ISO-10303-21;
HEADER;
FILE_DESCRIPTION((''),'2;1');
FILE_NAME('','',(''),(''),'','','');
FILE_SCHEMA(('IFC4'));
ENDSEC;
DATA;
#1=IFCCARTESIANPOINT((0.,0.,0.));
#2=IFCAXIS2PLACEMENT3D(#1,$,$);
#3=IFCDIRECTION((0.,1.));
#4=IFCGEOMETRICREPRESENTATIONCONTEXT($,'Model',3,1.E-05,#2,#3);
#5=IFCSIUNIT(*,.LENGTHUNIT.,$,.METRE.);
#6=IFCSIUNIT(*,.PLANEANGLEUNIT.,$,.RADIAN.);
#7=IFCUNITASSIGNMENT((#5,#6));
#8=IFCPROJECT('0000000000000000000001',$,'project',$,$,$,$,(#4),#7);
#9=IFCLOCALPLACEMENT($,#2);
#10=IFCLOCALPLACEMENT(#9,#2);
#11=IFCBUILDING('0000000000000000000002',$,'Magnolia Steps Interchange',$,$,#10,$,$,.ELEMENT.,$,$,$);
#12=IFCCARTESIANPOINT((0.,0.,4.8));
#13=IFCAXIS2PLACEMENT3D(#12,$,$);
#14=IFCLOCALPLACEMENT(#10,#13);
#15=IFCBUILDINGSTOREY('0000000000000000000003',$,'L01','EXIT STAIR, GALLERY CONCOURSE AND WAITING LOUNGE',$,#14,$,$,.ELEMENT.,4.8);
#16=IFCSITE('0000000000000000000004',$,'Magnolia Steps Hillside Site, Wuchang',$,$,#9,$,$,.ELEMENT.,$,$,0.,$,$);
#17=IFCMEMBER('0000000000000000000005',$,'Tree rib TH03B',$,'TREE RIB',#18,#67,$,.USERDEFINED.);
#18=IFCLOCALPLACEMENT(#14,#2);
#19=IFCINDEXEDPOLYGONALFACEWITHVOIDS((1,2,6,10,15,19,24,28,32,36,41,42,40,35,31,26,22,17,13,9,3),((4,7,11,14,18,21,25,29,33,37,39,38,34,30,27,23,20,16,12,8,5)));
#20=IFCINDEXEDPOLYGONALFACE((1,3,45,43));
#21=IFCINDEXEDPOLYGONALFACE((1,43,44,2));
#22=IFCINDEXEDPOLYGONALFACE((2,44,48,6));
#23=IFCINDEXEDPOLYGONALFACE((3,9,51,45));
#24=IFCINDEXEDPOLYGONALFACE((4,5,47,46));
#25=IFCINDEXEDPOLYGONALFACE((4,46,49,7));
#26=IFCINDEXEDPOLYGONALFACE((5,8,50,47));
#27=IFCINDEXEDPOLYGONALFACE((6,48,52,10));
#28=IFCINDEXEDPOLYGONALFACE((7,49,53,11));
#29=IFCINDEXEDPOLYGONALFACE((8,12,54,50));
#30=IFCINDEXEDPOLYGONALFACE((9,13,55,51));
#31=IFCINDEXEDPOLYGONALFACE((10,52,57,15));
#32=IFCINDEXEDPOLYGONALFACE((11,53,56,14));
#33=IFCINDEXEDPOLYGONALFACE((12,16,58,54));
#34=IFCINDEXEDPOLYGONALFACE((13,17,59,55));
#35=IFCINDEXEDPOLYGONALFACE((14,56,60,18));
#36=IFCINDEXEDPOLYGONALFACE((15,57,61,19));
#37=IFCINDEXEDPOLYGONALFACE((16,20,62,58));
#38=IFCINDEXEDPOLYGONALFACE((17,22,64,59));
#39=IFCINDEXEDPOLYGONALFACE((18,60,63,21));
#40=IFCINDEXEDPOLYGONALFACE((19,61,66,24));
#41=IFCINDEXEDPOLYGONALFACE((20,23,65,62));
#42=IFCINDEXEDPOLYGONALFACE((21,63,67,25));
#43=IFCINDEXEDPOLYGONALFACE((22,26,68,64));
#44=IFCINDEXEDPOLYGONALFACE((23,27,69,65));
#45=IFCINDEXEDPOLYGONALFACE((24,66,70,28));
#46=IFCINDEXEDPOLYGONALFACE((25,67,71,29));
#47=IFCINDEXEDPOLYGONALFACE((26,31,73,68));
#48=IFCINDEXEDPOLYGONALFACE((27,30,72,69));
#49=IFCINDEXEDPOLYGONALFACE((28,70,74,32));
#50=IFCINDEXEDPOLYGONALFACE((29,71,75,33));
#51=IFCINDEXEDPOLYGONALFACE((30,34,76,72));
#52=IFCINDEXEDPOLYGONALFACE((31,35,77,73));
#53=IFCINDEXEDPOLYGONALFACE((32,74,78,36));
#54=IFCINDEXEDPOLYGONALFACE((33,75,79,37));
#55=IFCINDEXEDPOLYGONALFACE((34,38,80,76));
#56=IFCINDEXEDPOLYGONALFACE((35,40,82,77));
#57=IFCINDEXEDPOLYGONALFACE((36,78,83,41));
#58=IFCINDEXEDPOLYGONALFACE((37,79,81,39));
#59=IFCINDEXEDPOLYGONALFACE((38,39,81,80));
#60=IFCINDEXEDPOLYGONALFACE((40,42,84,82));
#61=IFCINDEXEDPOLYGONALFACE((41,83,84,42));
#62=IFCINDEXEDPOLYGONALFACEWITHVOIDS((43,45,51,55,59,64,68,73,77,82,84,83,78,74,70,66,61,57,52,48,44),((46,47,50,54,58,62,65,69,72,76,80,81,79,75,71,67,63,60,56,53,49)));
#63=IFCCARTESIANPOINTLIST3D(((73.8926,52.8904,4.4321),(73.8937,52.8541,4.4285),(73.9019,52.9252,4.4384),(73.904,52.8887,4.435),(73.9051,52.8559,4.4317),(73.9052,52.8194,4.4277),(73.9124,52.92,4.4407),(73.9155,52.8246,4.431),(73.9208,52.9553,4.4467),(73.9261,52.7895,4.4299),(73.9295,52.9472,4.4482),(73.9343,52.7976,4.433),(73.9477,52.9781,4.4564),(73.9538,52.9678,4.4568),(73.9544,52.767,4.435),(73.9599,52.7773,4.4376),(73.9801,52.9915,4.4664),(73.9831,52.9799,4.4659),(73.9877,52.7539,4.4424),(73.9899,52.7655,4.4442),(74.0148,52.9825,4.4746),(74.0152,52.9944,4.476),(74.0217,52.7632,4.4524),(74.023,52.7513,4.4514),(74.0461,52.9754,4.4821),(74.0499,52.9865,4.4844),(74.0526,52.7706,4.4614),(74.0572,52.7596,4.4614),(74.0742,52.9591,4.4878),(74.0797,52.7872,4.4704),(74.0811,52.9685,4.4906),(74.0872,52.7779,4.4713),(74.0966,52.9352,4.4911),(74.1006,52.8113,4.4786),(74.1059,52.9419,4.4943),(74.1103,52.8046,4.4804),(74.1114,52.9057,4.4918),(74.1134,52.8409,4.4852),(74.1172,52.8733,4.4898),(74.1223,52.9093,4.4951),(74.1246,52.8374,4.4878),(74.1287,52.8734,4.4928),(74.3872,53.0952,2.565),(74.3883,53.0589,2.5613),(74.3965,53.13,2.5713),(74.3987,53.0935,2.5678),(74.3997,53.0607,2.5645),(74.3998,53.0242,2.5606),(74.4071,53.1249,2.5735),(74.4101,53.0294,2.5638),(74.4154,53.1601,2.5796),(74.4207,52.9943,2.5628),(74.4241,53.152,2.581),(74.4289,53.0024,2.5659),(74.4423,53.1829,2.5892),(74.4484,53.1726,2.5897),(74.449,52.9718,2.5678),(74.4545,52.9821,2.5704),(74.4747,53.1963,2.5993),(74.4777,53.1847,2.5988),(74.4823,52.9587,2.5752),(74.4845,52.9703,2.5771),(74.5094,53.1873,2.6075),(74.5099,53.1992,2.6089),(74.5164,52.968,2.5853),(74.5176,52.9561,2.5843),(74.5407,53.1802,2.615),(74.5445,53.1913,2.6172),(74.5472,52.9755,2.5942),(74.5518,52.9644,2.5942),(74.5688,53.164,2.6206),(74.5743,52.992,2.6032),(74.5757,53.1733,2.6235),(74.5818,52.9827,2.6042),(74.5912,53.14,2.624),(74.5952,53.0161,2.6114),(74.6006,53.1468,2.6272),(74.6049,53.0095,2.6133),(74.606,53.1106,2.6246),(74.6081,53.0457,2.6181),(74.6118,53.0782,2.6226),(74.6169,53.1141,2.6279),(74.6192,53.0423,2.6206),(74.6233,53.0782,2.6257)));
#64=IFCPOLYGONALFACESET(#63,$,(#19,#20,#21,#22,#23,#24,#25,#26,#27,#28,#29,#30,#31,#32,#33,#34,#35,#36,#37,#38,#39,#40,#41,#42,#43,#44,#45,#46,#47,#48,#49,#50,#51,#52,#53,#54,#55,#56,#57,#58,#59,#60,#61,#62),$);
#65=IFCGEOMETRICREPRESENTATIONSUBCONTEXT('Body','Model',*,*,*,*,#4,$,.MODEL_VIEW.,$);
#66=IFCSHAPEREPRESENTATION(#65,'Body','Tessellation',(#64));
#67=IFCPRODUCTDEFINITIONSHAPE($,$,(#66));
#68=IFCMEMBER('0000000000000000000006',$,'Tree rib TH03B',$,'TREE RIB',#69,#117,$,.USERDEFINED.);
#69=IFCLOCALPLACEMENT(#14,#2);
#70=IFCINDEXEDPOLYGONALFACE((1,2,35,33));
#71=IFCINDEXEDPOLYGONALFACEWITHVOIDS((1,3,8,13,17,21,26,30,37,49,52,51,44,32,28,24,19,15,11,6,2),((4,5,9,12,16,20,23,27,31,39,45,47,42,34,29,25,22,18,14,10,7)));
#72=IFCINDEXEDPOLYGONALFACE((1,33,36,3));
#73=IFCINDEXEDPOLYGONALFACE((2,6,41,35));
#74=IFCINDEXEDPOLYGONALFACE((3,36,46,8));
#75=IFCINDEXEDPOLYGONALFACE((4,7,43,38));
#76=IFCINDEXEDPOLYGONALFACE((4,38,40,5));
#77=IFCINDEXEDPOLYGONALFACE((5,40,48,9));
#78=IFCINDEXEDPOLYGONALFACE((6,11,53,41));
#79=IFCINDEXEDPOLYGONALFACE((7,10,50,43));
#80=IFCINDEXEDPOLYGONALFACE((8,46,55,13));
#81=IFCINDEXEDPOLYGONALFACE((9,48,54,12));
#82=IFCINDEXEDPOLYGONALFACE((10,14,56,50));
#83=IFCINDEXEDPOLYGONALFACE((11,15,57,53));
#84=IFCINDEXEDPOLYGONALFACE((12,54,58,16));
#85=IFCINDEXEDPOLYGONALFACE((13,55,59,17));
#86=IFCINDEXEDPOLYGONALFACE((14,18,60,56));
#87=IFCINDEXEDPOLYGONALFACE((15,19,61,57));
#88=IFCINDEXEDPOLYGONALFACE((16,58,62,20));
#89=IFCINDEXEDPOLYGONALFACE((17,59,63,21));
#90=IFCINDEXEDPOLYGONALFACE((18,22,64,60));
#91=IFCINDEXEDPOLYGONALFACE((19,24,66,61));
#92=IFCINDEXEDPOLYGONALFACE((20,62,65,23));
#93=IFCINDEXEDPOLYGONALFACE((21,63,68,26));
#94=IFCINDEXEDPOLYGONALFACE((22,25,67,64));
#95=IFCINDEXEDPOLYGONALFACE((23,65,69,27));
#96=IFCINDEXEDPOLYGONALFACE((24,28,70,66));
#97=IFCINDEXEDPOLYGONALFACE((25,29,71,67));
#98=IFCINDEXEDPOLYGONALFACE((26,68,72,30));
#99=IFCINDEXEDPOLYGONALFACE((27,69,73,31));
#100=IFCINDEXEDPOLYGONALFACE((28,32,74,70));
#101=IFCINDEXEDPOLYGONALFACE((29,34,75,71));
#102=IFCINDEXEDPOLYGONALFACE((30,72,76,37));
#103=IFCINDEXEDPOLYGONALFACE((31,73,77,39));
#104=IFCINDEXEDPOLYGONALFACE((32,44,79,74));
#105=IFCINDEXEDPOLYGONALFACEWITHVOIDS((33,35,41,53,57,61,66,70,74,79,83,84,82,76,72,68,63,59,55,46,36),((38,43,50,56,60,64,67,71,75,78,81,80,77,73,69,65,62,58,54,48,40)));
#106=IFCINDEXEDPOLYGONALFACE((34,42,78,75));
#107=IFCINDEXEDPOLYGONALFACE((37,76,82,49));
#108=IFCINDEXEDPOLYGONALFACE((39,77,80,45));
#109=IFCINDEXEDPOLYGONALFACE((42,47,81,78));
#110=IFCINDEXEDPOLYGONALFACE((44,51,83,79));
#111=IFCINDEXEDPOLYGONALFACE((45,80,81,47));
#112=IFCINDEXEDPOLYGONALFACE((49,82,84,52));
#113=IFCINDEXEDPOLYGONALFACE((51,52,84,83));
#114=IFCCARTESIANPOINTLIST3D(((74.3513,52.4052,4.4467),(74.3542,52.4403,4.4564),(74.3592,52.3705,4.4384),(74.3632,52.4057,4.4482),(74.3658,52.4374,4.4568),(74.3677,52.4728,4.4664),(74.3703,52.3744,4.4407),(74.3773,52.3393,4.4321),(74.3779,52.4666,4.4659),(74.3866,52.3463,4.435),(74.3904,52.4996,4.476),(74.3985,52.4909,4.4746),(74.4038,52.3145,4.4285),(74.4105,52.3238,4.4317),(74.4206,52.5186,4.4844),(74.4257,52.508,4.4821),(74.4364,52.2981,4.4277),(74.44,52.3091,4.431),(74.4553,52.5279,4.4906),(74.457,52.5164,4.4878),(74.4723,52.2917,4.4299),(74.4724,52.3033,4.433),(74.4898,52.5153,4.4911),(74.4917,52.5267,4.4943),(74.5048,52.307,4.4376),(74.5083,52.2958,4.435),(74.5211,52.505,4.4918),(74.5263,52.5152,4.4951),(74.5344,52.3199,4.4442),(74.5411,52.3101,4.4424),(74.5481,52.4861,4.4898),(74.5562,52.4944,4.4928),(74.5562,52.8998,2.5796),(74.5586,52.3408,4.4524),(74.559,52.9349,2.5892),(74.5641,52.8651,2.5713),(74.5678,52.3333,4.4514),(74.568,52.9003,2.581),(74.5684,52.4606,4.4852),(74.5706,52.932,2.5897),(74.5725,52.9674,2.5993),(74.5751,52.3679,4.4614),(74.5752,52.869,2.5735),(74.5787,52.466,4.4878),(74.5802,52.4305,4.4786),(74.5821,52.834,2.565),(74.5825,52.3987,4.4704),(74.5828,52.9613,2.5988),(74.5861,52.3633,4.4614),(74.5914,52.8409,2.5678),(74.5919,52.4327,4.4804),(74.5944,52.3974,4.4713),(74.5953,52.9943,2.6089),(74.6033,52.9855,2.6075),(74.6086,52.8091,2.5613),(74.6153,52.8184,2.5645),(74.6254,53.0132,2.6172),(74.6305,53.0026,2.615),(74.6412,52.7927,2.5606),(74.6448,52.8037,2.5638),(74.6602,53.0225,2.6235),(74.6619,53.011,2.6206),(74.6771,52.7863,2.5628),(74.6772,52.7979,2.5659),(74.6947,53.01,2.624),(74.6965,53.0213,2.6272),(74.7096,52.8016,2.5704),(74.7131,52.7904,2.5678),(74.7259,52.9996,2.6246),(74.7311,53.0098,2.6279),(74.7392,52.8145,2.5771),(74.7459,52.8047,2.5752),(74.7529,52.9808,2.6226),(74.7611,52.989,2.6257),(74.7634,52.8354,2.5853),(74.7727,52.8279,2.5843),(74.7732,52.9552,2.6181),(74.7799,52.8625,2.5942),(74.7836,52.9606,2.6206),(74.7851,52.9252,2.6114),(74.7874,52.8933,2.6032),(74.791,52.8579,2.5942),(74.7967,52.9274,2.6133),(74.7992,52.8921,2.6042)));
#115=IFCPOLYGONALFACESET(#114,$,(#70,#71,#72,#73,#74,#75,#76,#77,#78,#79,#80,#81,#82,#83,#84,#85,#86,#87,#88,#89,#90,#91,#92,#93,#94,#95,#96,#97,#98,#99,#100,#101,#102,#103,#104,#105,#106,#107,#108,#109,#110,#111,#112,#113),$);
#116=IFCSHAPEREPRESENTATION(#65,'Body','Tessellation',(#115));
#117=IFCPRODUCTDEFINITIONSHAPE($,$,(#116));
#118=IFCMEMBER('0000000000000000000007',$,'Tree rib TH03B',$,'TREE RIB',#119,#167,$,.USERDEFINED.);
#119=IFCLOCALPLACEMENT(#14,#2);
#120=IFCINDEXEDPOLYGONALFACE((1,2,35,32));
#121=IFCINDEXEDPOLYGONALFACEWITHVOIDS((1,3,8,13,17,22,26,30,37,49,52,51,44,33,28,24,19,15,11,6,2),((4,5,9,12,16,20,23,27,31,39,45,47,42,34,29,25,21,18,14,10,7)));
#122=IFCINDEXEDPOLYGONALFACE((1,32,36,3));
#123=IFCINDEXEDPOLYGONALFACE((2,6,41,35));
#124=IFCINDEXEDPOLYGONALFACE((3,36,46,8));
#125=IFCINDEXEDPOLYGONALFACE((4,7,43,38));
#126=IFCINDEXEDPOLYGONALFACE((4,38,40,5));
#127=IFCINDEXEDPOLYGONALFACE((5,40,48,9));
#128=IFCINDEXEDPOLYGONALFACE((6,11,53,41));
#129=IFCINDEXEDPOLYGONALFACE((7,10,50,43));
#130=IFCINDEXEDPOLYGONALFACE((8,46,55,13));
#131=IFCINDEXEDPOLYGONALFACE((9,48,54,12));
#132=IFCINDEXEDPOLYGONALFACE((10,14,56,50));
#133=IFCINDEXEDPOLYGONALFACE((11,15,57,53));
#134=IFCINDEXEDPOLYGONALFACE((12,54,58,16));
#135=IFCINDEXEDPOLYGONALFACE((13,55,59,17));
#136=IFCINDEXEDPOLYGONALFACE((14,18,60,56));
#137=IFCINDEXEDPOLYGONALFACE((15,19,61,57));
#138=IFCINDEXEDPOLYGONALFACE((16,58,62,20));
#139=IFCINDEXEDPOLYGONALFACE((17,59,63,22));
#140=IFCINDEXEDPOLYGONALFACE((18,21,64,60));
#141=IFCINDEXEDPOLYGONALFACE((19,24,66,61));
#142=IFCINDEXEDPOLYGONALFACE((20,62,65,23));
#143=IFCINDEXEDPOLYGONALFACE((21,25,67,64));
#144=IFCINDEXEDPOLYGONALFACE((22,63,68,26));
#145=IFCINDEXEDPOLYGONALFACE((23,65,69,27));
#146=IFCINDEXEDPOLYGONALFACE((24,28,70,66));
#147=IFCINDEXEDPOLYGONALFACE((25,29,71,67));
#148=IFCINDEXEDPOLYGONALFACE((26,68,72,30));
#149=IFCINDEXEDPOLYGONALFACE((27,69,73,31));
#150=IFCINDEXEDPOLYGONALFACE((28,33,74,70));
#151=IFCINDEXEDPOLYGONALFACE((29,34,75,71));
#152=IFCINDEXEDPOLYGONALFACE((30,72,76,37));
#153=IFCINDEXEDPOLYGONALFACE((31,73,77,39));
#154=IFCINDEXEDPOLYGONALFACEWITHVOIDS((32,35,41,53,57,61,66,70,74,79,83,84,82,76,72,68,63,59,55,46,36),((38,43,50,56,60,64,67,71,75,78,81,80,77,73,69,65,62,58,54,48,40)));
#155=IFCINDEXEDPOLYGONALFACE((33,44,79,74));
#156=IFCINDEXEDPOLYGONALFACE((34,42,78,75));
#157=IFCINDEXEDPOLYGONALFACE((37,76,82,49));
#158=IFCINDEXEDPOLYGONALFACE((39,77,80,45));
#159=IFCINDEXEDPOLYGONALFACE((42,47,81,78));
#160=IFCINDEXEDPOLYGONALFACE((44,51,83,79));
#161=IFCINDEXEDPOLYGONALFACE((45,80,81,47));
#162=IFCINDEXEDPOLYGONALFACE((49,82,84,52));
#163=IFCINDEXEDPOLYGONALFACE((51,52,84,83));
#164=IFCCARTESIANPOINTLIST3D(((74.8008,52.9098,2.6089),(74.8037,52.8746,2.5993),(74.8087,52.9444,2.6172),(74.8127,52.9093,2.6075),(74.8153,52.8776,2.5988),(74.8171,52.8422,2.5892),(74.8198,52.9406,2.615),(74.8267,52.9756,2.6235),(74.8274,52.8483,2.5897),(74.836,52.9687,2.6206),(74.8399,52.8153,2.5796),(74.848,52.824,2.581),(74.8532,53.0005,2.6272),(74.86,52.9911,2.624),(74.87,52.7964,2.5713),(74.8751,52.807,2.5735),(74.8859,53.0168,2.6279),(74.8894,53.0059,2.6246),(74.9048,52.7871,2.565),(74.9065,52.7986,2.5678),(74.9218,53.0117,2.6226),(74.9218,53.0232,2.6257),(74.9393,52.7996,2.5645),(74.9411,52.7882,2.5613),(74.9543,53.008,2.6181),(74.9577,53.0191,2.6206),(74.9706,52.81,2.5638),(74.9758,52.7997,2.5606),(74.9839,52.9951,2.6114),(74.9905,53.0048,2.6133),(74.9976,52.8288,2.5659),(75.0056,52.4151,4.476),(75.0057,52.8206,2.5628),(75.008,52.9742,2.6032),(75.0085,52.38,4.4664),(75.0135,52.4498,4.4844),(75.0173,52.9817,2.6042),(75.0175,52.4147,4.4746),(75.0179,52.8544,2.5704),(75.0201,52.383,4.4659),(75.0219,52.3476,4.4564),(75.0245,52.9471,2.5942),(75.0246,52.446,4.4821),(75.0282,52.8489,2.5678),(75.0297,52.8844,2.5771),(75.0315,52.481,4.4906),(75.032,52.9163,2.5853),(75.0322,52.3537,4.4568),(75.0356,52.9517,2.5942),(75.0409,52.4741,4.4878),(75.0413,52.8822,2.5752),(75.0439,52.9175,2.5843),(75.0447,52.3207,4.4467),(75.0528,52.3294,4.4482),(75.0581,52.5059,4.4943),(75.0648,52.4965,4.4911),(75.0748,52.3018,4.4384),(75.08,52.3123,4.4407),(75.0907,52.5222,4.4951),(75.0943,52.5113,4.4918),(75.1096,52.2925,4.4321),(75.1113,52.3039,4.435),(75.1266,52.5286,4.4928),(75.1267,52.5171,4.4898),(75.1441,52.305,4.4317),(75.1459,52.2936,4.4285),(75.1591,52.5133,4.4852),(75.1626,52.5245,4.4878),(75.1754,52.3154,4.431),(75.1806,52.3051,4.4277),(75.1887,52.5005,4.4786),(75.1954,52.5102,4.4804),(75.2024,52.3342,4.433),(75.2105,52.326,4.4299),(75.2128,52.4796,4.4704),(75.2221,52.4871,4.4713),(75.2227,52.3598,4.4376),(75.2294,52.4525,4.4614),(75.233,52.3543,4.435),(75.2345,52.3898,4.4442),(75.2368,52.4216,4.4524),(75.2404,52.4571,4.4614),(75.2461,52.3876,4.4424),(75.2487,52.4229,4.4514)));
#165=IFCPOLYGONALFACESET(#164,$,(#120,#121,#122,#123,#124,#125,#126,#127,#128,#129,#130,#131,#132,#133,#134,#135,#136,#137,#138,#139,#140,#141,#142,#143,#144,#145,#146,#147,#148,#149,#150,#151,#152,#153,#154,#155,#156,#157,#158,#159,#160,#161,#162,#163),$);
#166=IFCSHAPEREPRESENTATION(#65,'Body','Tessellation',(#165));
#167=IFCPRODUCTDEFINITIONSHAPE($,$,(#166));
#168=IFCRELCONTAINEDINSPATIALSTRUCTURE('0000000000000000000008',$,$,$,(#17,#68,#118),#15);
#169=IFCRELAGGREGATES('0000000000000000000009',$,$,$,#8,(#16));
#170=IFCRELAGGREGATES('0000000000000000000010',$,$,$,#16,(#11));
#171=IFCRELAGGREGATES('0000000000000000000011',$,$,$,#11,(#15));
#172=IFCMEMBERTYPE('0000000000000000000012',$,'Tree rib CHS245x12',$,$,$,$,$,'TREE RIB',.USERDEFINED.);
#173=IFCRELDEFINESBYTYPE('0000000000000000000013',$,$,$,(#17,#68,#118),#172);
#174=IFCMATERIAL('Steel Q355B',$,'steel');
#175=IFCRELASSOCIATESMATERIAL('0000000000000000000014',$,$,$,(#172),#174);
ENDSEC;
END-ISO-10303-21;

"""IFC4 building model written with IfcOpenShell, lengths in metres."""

from ifc_helpers import new_model, si_unit, direction, frame, origin, origin_2d, place, context, subcontext, project, spatial, hollow_circle, extrude, material, material_profile, profile_set, type_object, element, save


model = new_model("IFC4")

# Units and contexts
model_context = context("Model", 3, precision=1e-05, world=origin(), true_north=direction((0.0, 1.0)))
body_context = subcontext(model_context, "Body", "Model", "MODEL_VIEW")
ifc_project = project(units=[si_unit("LENGTHUNIT", "METRE"), si_unit("PLANEANGLEUNIT", "RADIAN")], contexts=[model_context])

# Site, building, storey
site_placement = place(None, origin())
site = spatial("IfcSite", under=ifc_project, at=site_placement, Name="Magnolia Steps Hillside Site, Wuchang", CompositionType="ELEMENT", RefElevation=0.0)
building_placement = place(site_placement, origin())
building = spatial("IfcBuilding", under=site, at=building_placement, Name="Magnolia Steps Interchange", CompositionType="ELEMENT")
storey_placement = place(building_placement, frame((0.0, 0.0, 4.8)))
storey = spatial("IfcBuildingStorey", under=building, at=storey_placement, Name="L01", Description="EXIT STAIR, GALLERY CONCOURSE AND WAITING LOUNGE", CompositionType="ELEMENT", Elevation=4.8)

# Members
ifc_material_1 = material(Name="Steel Q355B", Category="steel")
ifc_material_profile_1 = material_profile(ifc_material_1, hollow_circle(Radius=0.1226, WallThickness=0.012, at=origin_2d()), Name="CHS245x12")
ifc_profile_set_1 = profile_set([ifc_material_profile_1], Name="Steel Q355B")
member_type_1 = type_object("IfcMemberType", Name="Tree rib CHS245x12", ElementType="TREE RIB", PredefinedType="USERDEFINED", material=ifc_profile_set_1)
for number, where, z_axis, x_axis, name in (
    (1, (74.5049, 53.0776, 2.5942), (-0.254645, -0.105453, 0.961268), (0.382607, -0.923911, 0.0), "Tree rib TH03B"),
    (2, (74.6777, 52.9048, 2.5942), (-0.105453, -0.254645, 0.961268), (0.923911, -0.382607, 0.0), "Tree rib TH03B"),
    (3, (74.9224, 52.9048, 2.5942), (0.105453, -0.254645, 0.961268), (0.923911, 0.382607, 0.0), "Tree rib TH03B"),
):
    element("IfcMember", number, at=place(storey_placement, frame(where, z_axis=z_axis, x_axis=x_axis)), inside=storey, type_object=member_type_1, Name=name, ObjectType="TREE RIB", PredefinedType="USERDEFINED", context=body_context, shape_type="SweptSolid", body=[
        extrude(hollow_circle(Radius=0.1226, WallThickness=0.012, at=origin_2d()), origin(), (0.0, 0.0, 1.0), 1.9424),
    ])

save(model, "model.ifc")
